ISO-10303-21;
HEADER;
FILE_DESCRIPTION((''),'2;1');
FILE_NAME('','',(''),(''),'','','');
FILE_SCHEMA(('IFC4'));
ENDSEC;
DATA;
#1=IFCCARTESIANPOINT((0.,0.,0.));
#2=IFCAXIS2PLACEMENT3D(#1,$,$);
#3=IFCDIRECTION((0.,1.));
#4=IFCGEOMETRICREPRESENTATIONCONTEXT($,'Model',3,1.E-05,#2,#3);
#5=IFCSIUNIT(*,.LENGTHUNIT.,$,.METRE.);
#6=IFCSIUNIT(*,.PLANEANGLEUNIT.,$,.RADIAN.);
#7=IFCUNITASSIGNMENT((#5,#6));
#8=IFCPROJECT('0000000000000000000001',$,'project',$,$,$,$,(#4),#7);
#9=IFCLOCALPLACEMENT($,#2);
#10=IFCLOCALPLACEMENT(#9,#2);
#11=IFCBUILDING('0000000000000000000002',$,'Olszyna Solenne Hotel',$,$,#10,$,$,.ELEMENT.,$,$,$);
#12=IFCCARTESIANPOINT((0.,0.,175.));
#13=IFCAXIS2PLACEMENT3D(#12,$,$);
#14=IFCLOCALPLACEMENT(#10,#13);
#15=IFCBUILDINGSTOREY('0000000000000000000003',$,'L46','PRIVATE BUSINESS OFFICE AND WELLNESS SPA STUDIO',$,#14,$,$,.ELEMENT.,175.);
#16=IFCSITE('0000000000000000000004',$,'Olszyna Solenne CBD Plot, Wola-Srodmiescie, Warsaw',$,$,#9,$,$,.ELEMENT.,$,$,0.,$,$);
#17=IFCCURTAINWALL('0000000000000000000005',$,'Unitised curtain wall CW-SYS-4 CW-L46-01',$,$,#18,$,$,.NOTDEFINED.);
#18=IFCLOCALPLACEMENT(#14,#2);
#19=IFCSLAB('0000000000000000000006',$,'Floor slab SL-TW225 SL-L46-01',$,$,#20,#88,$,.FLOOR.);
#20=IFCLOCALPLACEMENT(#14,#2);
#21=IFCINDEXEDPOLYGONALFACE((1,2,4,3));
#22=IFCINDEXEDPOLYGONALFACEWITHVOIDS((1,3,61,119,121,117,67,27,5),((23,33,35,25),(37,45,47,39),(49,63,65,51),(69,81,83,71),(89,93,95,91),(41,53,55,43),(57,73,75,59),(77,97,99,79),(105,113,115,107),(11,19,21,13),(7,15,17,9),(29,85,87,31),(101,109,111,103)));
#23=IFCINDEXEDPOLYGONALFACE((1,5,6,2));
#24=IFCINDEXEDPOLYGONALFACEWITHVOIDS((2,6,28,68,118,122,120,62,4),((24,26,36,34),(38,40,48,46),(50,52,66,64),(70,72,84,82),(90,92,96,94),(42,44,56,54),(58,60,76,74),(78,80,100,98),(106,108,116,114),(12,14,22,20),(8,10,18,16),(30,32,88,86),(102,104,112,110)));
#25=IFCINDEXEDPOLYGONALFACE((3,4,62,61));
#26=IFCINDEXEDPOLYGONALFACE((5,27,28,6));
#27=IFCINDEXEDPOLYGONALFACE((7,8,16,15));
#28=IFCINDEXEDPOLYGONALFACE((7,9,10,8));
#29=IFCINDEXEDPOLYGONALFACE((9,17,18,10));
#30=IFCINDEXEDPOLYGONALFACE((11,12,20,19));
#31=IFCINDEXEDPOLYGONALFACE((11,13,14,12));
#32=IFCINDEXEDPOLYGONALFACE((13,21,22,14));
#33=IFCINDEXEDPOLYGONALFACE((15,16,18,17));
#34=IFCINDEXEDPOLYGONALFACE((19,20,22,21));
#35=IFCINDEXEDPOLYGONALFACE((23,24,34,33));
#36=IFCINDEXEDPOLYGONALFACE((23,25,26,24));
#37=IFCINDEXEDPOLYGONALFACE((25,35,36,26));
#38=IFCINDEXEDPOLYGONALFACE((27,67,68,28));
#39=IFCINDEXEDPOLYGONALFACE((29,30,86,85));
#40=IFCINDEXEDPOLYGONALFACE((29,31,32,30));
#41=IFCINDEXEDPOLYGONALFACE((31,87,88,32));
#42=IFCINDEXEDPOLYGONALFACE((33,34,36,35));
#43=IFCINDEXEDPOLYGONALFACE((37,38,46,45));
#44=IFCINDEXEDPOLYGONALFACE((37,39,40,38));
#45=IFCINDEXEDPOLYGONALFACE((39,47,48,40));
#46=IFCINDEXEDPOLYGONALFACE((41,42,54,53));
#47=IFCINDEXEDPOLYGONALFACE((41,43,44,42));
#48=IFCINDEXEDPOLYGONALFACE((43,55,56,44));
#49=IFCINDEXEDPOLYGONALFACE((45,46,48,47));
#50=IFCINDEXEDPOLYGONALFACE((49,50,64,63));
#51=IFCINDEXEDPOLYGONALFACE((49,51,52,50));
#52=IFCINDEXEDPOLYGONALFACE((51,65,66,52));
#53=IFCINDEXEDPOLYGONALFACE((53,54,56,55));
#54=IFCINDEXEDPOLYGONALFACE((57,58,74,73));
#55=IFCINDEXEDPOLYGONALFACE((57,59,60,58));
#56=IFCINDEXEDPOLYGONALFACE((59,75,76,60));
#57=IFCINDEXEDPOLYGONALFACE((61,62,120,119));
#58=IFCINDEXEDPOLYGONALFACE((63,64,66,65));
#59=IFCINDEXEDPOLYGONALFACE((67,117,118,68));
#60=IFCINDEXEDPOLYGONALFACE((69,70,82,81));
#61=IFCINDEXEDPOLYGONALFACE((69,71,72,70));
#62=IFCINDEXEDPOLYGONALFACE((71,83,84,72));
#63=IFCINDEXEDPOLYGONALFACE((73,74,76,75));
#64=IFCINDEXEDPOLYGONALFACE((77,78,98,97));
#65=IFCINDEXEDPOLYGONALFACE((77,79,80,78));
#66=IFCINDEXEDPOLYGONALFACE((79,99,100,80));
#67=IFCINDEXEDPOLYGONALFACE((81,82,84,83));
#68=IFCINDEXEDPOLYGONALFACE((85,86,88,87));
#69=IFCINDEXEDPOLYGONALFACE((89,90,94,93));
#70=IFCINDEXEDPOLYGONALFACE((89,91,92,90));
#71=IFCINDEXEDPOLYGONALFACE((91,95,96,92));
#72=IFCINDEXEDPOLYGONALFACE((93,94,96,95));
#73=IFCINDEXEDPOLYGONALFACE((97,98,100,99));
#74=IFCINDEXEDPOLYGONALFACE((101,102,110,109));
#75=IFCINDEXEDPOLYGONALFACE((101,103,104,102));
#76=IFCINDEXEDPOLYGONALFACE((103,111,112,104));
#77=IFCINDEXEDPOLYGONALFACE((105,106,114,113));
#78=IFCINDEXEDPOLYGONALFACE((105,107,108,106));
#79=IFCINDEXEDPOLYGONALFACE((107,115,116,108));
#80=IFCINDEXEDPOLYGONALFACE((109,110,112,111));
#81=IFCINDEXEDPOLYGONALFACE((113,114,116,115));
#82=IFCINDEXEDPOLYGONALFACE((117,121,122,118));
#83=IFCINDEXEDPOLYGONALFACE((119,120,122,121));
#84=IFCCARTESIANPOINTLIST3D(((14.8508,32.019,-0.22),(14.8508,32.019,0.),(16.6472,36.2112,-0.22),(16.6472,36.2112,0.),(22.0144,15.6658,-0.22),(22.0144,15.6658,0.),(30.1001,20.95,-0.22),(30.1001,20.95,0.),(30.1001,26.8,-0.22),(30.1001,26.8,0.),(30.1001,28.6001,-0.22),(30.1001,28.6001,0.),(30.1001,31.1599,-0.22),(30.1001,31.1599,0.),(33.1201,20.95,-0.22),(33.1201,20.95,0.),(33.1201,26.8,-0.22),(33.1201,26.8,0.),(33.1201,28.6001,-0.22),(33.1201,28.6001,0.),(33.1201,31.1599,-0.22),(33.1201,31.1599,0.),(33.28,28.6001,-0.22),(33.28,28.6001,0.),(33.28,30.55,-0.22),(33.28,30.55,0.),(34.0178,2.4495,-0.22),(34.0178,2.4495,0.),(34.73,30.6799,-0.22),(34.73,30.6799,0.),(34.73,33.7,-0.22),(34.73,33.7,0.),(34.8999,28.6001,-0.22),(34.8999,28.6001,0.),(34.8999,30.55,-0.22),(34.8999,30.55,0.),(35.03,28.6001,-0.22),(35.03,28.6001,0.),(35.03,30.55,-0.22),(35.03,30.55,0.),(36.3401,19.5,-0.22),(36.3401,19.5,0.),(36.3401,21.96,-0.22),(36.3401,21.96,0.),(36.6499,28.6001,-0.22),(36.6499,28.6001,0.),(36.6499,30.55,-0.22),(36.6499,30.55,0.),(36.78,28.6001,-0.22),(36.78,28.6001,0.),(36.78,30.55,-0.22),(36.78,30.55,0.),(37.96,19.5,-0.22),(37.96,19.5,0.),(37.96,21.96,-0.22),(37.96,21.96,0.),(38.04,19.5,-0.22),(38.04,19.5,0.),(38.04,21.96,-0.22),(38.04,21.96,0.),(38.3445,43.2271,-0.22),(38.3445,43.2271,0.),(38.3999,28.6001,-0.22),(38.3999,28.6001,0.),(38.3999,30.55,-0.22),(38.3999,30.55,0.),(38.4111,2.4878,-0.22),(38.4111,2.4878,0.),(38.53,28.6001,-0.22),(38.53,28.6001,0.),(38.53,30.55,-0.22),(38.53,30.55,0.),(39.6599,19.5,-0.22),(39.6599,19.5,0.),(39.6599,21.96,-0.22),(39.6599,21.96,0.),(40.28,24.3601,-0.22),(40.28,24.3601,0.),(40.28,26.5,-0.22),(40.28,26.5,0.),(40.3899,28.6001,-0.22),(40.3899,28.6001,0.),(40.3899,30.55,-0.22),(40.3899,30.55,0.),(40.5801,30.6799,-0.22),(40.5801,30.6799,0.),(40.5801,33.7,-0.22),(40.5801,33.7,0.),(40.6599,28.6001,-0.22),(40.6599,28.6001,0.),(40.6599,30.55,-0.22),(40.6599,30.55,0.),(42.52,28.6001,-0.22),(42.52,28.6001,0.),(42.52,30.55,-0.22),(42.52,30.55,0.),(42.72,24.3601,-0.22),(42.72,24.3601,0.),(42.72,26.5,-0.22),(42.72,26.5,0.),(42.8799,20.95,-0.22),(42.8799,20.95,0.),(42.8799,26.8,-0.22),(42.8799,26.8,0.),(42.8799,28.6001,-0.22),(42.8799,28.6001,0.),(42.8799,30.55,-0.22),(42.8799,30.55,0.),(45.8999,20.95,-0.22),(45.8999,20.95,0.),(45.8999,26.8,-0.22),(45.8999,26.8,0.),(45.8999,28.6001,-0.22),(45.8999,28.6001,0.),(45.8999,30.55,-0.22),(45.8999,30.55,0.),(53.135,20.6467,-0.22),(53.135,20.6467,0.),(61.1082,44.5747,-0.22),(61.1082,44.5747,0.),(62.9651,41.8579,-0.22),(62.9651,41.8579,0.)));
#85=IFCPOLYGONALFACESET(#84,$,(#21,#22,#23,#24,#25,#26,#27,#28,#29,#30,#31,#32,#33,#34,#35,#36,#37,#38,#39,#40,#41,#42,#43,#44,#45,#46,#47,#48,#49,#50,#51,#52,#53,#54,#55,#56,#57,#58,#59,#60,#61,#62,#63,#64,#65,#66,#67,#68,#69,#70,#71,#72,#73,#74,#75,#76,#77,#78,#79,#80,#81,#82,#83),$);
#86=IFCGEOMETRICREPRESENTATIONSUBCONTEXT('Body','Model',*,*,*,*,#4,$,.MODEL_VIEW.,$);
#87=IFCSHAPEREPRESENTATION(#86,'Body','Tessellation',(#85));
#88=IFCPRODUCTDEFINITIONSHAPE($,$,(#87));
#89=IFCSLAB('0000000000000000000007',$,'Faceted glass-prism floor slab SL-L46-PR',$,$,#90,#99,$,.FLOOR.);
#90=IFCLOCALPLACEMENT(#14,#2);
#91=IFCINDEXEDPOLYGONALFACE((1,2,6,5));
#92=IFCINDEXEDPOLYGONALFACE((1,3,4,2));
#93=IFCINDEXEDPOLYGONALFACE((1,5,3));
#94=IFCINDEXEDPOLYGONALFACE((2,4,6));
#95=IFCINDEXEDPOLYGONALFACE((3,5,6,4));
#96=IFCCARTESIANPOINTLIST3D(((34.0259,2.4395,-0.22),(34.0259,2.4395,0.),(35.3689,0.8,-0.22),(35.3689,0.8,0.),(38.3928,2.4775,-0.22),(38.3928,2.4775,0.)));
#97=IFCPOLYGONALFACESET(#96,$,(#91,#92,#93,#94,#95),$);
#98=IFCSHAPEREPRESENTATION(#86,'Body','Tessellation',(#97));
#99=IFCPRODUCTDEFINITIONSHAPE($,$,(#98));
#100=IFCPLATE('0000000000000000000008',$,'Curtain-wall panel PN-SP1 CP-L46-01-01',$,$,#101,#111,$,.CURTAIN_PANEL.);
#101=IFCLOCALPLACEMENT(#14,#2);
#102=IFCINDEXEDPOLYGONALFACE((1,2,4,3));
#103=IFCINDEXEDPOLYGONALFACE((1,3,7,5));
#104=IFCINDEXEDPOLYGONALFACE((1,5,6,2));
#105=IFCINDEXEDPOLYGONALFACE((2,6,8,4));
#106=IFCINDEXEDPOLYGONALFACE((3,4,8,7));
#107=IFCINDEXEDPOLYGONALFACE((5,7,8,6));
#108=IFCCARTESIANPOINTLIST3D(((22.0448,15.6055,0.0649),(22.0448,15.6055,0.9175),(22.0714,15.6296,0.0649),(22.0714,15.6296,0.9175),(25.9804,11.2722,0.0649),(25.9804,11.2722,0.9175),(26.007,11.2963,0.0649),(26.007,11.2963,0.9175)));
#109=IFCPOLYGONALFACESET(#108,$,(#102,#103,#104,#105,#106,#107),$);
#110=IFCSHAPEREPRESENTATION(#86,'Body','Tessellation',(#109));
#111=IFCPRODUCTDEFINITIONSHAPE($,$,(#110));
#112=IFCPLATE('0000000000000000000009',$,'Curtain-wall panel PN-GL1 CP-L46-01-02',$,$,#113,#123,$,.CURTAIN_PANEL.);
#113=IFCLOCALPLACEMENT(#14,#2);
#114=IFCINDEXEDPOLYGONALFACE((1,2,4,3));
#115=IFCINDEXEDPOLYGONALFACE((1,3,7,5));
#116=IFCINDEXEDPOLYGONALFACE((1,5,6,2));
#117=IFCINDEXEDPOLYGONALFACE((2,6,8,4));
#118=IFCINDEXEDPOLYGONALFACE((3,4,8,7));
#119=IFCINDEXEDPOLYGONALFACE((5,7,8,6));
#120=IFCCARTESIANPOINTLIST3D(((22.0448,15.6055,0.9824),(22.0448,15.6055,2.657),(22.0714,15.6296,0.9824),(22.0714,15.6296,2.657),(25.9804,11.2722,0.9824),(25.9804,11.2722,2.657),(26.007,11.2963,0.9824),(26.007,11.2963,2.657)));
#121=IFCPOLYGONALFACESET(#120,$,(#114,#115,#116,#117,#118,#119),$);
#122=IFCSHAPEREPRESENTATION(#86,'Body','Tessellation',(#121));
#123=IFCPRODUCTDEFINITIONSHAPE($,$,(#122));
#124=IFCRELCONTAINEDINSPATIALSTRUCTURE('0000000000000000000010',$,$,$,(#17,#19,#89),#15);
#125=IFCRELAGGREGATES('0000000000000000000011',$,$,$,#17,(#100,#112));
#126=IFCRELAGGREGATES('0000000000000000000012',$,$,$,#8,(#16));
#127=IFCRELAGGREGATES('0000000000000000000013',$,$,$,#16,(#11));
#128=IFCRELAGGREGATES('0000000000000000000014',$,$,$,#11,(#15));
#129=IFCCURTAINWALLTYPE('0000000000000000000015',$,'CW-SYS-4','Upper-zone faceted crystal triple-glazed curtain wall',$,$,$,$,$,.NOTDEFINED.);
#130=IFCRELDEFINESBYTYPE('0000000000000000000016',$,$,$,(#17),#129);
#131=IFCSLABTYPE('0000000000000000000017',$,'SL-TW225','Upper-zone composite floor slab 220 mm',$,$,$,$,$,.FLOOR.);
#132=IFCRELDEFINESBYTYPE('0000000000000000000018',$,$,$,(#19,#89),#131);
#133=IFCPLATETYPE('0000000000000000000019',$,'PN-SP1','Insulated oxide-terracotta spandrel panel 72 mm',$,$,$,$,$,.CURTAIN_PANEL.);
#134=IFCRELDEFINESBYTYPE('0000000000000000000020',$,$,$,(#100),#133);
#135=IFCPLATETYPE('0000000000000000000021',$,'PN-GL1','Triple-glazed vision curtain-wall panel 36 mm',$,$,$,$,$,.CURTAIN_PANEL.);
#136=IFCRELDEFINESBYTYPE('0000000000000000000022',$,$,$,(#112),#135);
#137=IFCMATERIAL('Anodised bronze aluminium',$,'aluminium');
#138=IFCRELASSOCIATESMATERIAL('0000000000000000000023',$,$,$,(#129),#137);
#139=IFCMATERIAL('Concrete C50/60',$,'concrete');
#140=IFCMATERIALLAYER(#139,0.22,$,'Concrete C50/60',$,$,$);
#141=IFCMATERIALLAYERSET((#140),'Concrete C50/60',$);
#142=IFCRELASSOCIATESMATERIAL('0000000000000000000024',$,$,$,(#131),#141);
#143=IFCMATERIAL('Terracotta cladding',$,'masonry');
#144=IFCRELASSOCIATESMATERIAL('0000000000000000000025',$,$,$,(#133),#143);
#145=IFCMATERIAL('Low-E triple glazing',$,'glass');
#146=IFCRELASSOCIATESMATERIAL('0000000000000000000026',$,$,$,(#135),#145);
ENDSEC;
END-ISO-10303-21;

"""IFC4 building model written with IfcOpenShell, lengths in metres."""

from ifc_helpers import new_model, si_unit, direction, frame, origin, origin_2d, place, context, subcontext, project, spatial, polyline, rectangle, outline, extrude, source, transform, mapped, material, layer, layer_set, type_object, element, aggregate, save


model = new_model("IFC4")

# Units and contexts
model_context = context("Model", 3, precision=1e-05, world=origin(), true_north=direction((0.0, 1.0)))
body_context = subcontext(model_context, "Body", "Model", "MODEL_VIEW")
ifc_project = project(units=[si_unit("LENGTHUNIT", "METRE"), si_unit("PLANEANGLEUNIT", "RADIAN")], contexts=[model_context])

# Site, building, storey
site_placement = place(None, origin())
site = spatial("IfcSite", under=ifc_project, at=site_placement, Name="Olszyna Solenne CBD Plot, Wola-Srodmiescie, Warsaw", CompositionType="ELEMENT", RefElevation=0.0)
building_placement = place(site_placement, origin())
building = spatial("IfcBuilding", under=site, at=building_placement, Name="Olszyna Solenne Hotel", CompositionType="ELEMENT")
storey_placement = place(building_placement, frame((0.0, 0.0, 175.0)))
storey = spatial("IfcBuildingStorey", under=building, at=storey_placement, Name="L46", Description="PRIVATE BUSINESS OFFICE AND WELLNESS SPA STUDIO", CompositionType="ELEMENT", Elevation=175.0)

# Curtain wall
ifc_material_1 = material(Name="Anodised bronze aluminium", Category="aluminium")
curtain_wall_type = type_object("IfcCurtainWallType", Name="CW-SYS-4", Description="Upper-zone faceted crystal triple-glazed curtain wall", PredefinedType="NOTDEFINED", material=ifc_material_1)
curtain_wall_placement = place(storey_placement, origin())
curtain_wall = element("IfcCurtainWall", 1, at=curtain_wall_placement, inside=storey, type_object=curtain_wall_type, Name="Unitised curtain wall CW-SYS-4 CW-L46-01", PredefinedType="NOTDEFINED")

# Slabs
ifc_material_2 = material(Name="Concrete C50/60", Category="concrete")
ifc_layer_1 = layer(ifc_material_2, 0.22, Name="Concrete C50/60")
ifc_layer_set_1 = layer_set([ifc_layer_1], Name="Concrete C50/60")
slab_type_1 = type_object("IfcSlabType", Name="SL-TW225", Description="Upper-zone composite floor slab 220 mm", PredefinedType="FLOOR", material=ifc_layer_set_1)
slab_1_placement = place(storey_placement, frame((0.0, 0.0, -0.22)))
element("IfcSlab", 2, at=slab_1_placement, inside=storey, type_object=slab_type_1, Name="Floor slab SL-TW225 SL-L46-01", PredefinedType="FLOOR", context=body_context, shape_type="SweptSolid", body=[
    extrude(outline(polyline([(62.9651, 41.8579), (61.1082, 44.5747), (38.3445, 43.2271), (16.6472, 36.2112), (14.8508, 32.019), (22.0144, 15.6658), (34.0178, 2.4495), (38.4111, 2.4878), (53.135, 20.6467), (62.9651, 41.8579)]), holes=[polyline([(30.1001, 20.95), (33.1201, 20.95), (33.1201, 26.8), (30.1001, 26.8), (30.1001, 20.95)]), polyline([(42.8799, 20.95), (45.8999, 20.95), (45.8999, 26.8), (42.8799, 26.8), (42.8799, 20.95)]), polyline([(34.73, 30.6799), (40.5801, 30.6799), (40.5801, 33.7), (34.73, 33.7), (34.73, 30.6799)]), polyline([(36.3401, 19.5), (37.96, 19.5), (37.96, 21.96), (36.3401, 21.96), (36.3401, 19.5)]), polyline([(38.04, 19.5), (39.6599, 19.5), (39.6599, 21.96), (38.04, 21.96), (38.04, 19.5)]), polyline([(30.1001, 28.6001), (33.1201, 28.6001), (33.1201, 31.1599), (30.1001, 31.1599), (30.1001, 28.6001)]), polyline([(40.28, 24.3601), (42.72, 24.3601), (42.72, 26.5), (40.28, 26.5), (40.28, 24.3601)]), polyline([(33.28, 28.6001), (34.8999, 28.6001), (34.8999, 30.55), (33.28, 30.55), (33.28, 28.6001)]), polyline([(35.03, 28.6001), (36.6499, 28.6001), (36.6499, 30.55), (35.03, 30.55), (35.03, 28.6001)]), polyline([(36.78, 28.6001), (38.3999, 28.6001), (38.3999, 30.55), (36.78, 30.55), (36.78, 28.6001)]), polyline([(38.53, 28.6001), (40.3899, 28.6001), (40.3899, 30.55), (38.53, 30.55), (38.53, 28.6001)]), polyline([(40.6599, 28.6001), (42.52, 28.6001), (42.52, 30.55), (40.6599, 30.55), (40.6599, 28.6001)]), polyline([(42.8799, 28.6001), (45.8999, 28.6001), (45.8999, 30.55), (42.8799, 30.55), (42.8799, 28.6001)])]), origin(), (0.0, 0.0, 1.0), 0.22),
])
slab_2_placement = place(storey_placement, frame((0.0, 0.0, -0.22)))
element("IfcSlab", 3, at=slab_2_placement, inside=storey, type_object=slab_type_1, Name="Faceted glass-prism floor slab SL-L46-PR", PredefinedType="FLOOR", context=body_context, shape_type="SweptSolid", body=[
    extrude(outline(polyline([(38.3928, 2.4775), (34.0259, 2.4395), (35.3689, 0.8), (38.3928, 2.4775)])), origin(), (0.0, 0.0, 1.0), 0.22),
])

# Plates
ifc_material_3 = material(Name="Terracotta cladding", Category="masonry")
plate_type_1 = type_object("IfcPlateType", Name="PN-SP1", Description="Insulated oxide-terracotta spandrel panel 72 mm", PredefinedType="CURTAIN_PANEL", material=ifc_material_3)
shared_shape_1 = source(origin(), body_context, "Body", "SweptSolid", [
    extrude(rectangle(XDim=5.8538, YDim=0.0359, at=origin_2d()), origin(), (0.0, 0.0, 1.0), 0.8525),
])
plate_1_placement = place(storey_placement, frame((24.0259, 13.4509, 0.0649), z_axis=(0.0, 0.0, 1.0), x_axis=(0.672323, -0.740258, 0.0)))
plate_1 = element("IfcPlate", 4, at=plate_1_placement, type_object=plate_type_1, Name="Curtain-wall panel PN-SP1 CP-L46-01-01", PredefinedType="CURTAIN_PANEL", context=body_context, shape_type="MappedRepresentation", body=[
    mapped(shared_shape_1, transform((0.0, 0.0, 0.0), x_axis=(1.0, 0.0, 0.0), y_axis=(0.0, 1.0, 0.0), z_axis=(0.0, 0.0, 1.0), scale=1.0)),
])
ifc_material_4 = material(Name="Low-E triple glazing", Category="glass")
plate_type_2 = type_object("IfcPlateType", Name="PN-GL1", Description="Triple-glazed vision curtain-wall panel 36 mm", PredefinedType="CURTAIN_PANEL", material=ifc_material_4)
shared_shape_2 = source(origin(), body_context, "Body", "SweptSolid", [
    extrude(rectangle(XDim=5.8538, YDim=0.0359, at=origin_2d()), origin(), (0.0, 0.0, 1.0), 1.6746),
])
plate_2_placement = place(storey_placement, frame((24.0259, 13.4509, 0.9824), z_axis=(0.0, 0.0, 1.0), x_axis=(0.672323, -0.740258, 0.0)))
plate_2 = element("IfcPlate", 5, at=plate_2_placement, type_object=plate_type_2, Name="Curtain-wall panel PN-GL1 CP-L46-01-02", PredefinedType="CURTAIN_PANEL", context=body_context, shape_type="MappedRepresentation", body=[
    mapped(shared_shape_2, transform((0.0, 0.0, 0.0), x_axis=(1.0, 0.0, 0.0), y_axis=(0.0, 1.0, 0.0), z_axis=(0.0, 0.0, 1.0), scale=1.0)),
])
aggregate(curtain_wall, [plate_1, plate_2])

save(model, "model.ifc")
